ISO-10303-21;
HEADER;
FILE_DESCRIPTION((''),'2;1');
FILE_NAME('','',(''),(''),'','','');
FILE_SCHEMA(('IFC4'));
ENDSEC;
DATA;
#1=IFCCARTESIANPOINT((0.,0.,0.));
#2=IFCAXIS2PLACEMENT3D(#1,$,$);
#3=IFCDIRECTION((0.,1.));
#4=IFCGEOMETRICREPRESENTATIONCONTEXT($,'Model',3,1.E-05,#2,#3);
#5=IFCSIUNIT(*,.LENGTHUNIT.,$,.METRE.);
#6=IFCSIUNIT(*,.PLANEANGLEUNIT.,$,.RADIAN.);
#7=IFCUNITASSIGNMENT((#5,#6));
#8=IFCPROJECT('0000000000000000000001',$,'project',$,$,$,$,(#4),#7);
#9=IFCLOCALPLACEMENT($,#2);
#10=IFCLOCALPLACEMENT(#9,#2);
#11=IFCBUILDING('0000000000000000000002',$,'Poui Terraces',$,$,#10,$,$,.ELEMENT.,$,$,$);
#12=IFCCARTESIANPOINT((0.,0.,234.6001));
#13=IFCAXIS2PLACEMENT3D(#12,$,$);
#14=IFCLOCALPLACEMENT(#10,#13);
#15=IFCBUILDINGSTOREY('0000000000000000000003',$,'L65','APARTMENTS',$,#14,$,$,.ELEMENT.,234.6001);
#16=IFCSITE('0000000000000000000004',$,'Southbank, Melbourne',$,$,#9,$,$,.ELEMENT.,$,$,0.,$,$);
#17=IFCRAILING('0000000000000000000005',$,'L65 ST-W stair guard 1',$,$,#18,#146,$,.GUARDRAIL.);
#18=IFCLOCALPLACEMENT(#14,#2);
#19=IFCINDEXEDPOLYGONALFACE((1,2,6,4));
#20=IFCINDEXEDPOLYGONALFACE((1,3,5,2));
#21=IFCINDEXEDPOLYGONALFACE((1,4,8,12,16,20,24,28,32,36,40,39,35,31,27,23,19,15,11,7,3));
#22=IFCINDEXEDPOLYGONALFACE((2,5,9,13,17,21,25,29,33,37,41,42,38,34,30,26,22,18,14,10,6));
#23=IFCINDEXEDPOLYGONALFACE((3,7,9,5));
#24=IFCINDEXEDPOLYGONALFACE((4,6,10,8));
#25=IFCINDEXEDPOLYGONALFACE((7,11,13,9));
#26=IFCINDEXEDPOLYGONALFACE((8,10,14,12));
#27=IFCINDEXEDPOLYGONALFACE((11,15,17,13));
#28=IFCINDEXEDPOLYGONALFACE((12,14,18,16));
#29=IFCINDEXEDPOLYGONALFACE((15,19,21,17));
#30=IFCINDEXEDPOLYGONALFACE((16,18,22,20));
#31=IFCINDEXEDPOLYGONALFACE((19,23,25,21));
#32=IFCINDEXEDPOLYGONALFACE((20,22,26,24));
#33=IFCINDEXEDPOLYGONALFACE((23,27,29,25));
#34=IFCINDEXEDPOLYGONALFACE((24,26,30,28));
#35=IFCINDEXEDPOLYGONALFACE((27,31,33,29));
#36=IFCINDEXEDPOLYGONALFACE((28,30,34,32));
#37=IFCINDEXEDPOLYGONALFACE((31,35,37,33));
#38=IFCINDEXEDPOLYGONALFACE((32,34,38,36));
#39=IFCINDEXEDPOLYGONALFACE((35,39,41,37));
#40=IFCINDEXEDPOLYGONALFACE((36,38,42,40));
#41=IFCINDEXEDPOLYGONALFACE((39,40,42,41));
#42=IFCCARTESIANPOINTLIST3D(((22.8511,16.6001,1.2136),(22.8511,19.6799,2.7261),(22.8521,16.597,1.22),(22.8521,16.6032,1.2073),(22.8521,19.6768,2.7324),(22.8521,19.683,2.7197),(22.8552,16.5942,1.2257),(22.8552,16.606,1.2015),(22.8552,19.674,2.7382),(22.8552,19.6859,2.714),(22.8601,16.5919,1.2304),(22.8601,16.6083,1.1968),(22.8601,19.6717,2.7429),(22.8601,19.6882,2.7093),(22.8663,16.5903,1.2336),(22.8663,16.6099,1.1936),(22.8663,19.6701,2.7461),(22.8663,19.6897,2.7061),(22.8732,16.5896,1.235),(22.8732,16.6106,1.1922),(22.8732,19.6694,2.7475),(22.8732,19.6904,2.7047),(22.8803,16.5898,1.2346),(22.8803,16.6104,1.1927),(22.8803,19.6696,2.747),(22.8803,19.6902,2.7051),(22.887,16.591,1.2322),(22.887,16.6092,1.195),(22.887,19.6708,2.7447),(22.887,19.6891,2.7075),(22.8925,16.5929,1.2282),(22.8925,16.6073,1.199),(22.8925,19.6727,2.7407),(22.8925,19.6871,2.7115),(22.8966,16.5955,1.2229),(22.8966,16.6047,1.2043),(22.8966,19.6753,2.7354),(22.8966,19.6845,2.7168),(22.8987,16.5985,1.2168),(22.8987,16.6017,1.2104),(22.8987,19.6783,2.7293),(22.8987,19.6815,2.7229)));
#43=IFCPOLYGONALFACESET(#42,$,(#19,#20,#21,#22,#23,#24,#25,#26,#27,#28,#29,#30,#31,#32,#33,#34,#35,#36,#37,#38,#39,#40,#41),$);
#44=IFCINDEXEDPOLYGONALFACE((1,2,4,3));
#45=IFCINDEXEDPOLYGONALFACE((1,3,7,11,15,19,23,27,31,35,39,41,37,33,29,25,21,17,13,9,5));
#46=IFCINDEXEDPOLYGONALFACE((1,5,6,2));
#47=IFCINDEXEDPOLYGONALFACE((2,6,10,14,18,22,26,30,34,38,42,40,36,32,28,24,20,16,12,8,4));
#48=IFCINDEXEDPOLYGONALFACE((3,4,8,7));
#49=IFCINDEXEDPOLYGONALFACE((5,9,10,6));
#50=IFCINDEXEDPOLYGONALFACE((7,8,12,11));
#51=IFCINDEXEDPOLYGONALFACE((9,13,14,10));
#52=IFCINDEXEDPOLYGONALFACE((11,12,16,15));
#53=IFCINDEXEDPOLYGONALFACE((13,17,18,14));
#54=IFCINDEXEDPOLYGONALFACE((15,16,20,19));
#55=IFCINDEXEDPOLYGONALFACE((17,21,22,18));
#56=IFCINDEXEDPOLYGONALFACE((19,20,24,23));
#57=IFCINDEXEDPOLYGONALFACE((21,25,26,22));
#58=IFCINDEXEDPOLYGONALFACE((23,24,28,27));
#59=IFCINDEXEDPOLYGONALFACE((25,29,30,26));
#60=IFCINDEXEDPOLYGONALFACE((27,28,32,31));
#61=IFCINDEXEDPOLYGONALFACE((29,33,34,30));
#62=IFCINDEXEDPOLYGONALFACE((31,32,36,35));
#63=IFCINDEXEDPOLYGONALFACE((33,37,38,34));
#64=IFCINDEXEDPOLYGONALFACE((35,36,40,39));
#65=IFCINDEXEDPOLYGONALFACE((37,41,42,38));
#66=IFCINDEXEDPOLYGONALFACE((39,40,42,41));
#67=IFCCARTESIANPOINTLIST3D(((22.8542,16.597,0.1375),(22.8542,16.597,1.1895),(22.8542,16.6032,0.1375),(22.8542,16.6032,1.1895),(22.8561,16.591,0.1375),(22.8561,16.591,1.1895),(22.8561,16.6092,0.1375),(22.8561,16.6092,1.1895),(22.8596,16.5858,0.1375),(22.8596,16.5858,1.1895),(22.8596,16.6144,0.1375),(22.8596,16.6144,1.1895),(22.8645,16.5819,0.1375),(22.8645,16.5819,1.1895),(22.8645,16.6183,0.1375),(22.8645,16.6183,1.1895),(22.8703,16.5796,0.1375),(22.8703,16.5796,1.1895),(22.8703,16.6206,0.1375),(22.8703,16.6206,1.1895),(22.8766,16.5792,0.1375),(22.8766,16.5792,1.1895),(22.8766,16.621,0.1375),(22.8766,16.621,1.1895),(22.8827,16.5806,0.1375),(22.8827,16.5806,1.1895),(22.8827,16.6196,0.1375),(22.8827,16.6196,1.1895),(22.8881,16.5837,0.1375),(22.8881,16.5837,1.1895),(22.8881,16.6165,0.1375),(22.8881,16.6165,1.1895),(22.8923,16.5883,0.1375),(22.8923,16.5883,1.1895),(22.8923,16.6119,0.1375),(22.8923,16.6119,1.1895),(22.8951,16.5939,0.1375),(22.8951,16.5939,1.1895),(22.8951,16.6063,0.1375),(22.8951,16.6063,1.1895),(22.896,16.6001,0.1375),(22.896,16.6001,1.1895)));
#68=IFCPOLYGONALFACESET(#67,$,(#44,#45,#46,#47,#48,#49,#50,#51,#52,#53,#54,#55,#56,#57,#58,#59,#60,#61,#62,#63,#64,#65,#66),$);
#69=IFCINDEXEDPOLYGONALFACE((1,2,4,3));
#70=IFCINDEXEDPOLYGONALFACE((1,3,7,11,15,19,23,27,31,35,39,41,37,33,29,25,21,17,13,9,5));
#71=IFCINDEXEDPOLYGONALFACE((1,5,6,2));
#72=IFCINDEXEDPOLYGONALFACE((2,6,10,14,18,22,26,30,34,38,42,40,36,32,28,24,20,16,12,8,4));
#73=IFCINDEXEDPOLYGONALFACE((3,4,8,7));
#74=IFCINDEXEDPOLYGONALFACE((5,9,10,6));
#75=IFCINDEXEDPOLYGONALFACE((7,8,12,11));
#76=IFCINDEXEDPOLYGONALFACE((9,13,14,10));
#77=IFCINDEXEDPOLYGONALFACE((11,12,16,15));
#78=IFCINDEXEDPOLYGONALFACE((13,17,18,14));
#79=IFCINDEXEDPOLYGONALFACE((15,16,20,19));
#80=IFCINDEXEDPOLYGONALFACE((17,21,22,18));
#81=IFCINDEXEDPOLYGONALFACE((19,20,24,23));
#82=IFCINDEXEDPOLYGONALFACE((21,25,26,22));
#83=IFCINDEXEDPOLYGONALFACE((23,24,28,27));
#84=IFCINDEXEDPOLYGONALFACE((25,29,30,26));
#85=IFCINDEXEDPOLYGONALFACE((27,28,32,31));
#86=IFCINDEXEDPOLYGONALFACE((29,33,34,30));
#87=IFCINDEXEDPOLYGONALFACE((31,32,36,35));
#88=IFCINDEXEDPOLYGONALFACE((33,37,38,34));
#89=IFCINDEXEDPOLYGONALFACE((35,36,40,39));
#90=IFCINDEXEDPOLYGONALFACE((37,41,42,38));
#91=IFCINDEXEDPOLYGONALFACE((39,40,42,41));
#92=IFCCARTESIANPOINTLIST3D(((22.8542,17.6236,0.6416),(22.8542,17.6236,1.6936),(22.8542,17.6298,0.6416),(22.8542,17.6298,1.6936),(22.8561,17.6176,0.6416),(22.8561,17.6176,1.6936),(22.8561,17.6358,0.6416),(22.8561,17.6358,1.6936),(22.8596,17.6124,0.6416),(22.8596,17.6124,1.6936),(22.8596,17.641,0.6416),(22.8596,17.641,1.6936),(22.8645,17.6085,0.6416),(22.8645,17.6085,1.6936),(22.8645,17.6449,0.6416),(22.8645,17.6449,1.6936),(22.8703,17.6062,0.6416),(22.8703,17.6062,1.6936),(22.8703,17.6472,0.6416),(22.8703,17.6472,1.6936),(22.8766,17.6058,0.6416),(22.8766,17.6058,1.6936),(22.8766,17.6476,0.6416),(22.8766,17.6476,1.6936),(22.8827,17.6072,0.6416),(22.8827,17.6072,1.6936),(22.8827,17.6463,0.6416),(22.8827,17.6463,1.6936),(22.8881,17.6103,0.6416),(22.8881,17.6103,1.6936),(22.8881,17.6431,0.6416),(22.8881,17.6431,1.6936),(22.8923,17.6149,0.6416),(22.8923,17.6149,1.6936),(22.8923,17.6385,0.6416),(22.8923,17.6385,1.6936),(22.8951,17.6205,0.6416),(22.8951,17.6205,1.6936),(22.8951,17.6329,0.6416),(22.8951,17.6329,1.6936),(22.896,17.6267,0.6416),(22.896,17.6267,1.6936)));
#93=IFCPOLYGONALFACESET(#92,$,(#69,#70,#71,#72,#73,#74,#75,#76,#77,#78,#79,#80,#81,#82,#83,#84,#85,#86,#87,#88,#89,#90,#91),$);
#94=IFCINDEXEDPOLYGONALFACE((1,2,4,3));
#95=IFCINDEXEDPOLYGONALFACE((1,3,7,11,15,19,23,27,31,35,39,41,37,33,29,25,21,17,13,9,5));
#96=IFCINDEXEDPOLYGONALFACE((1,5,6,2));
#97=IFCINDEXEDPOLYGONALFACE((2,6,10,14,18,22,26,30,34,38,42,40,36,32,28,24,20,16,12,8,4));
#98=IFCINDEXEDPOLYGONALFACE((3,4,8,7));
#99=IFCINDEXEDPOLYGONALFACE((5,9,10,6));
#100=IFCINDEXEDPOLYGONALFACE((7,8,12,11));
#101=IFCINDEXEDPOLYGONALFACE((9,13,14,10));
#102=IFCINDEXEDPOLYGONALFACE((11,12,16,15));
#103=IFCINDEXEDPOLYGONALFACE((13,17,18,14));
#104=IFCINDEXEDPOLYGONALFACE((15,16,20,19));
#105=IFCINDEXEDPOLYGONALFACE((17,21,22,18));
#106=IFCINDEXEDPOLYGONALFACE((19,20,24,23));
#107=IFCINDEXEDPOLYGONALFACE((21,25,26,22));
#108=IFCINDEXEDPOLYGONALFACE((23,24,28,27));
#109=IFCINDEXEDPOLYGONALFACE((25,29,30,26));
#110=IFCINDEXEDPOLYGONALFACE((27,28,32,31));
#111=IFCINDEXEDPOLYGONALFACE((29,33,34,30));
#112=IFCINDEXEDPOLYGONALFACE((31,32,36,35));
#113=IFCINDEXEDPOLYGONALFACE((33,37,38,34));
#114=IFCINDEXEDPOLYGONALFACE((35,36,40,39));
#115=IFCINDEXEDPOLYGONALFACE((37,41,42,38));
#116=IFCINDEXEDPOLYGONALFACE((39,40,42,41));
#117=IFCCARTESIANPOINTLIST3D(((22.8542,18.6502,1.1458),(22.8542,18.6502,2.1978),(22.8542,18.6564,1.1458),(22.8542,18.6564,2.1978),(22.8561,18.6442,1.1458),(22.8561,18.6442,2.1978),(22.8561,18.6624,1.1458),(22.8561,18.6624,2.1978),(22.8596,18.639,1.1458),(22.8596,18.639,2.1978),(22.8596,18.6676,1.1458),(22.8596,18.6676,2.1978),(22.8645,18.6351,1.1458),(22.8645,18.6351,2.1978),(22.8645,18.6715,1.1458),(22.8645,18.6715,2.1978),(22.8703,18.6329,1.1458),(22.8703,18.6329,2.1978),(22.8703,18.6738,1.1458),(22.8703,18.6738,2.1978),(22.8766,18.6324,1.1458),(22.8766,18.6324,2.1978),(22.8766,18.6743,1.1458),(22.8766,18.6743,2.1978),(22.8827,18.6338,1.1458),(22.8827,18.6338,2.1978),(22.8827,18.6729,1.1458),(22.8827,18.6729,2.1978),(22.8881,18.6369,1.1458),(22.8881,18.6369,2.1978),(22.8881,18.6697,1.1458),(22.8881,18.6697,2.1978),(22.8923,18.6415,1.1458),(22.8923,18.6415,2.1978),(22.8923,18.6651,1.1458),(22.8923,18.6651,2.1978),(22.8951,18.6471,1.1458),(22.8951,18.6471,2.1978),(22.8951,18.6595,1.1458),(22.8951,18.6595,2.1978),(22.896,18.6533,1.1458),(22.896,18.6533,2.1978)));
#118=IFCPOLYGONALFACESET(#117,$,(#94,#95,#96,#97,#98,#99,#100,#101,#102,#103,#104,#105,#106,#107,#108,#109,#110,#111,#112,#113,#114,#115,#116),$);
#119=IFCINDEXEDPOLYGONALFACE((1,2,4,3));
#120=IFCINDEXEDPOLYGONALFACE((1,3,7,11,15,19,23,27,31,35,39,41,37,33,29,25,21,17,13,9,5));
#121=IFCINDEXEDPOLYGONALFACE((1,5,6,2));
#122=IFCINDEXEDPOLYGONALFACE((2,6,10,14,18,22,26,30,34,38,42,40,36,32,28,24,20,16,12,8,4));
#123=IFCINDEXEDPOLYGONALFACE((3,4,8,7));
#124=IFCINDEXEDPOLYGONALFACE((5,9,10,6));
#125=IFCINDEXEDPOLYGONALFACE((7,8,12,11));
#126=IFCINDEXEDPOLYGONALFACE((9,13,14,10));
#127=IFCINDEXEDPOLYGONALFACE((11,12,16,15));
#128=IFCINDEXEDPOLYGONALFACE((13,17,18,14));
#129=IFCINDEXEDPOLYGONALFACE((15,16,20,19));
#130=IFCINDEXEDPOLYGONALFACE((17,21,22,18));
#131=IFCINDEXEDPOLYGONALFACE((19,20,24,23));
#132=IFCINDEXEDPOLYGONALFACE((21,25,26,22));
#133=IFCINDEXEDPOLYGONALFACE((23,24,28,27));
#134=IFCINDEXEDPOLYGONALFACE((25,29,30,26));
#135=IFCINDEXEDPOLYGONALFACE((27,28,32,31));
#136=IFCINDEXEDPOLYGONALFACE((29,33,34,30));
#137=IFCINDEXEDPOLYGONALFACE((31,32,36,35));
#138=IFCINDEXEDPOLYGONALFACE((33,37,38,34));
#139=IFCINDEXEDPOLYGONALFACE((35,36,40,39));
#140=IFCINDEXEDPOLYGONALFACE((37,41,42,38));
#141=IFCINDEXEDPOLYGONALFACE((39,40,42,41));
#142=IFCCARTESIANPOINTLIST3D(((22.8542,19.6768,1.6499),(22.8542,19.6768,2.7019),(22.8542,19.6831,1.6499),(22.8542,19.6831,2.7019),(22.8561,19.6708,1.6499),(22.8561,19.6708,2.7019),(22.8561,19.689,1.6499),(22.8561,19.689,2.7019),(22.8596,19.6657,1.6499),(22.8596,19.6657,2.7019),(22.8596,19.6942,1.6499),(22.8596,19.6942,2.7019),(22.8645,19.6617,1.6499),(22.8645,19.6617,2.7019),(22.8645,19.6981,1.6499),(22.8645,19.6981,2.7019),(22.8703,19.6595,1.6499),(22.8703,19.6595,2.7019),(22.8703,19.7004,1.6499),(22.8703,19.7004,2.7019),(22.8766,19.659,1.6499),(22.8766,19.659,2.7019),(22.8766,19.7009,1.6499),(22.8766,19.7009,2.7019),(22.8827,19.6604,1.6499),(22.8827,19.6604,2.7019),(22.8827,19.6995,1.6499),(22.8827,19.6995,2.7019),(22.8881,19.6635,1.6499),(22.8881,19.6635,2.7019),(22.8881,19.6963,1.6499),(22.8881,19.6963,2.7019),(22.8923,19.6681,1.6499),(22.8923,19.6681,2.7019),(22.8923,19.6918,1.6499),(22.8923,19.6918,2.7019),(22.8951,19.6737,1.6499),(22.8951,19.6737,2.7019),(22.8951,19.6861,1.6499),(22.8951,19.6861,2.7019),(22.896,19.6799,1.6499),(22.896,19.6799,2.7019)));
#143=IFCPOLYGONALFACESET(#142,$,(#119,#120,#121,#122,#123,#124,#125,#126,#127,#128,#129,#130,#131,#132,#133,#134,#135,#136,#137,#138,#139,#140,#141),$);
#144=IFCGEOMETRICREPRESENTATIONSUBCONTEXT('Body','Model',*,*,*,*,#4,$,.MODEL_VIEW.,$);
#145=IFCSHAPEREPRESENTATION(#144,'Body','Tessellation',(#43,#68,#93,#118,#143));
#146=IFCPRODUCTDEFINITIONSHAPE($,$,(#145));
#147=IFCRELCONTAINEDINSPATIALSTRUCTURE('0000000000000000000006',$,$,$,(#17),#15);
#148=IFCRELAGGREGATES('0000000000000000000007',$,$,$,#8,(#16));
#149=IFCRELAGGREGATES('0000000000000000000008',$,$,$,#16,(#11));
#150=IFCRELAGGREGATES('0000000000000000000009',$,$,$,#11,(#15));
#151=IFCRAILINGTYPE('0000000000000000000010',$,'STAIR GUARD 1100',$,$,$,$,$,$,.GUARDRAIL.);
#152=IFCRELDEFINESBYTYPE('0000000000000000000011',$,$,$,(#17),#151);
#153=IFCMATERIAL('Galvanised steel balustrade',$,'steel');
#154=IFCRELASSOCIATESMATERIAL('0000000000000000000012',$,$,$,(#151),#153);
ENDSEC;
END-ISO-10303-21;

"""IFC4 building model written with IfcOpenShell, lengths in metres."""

from ifc_helpers import new_model, si_unit, direction, frame, origin, origin_2d, place, context, subcontext, project, spatial, circle, extrude, material, type_object, element, save


model = new_model("IFC4")

# Units and contexts
model_context = context("Model", 3, precision=1e-05, world=origin(), true_north=direction((0.0, 1.0)))
body_context = subcontext(model_context, "Body", "Model", "MODEL_VIEW")
ifc_project = project(units=[si_unit("LENGTHUNIT", "METRE"), si_unit("PLANEANGLEUNIT", "RADIAN")], contexts=[model_context])

# Site, building, storey
site_placement = place(None, origin())
site = spatial("IfcSite", under=ifc_project, at=site_placement, Name="Southbank, Melbourne", CompositionType="ELEMENT", RefElevation=0.0)
building_placement = place(site_placement, origin())
building = spatial("IfcBuilding", under=site, at=building_placement, Name="Poui Terraces", CompositionType="ELEMENT")
storey_placement = place(building_placement, frame((0.0, 0.0, 234.6001)))
storey = spatial("IfcBuildingStorey", under=building, at=storey_placement, Name="L65", Description="APARTMENTS", CompositionType="ELEMENT", Elevation=234.6001)

# Railing
ifc_material_1 = material(Name="Galvanised steel balustrade", Category="steel")
railing_type_1 = type_object("IfcRailingType", Name="STAIR GUARD 1100", PredefinedType="GUARDRAIL", material=ifc_material_1)
railing_1_placement = place(storey_placement, frame((22.875, 16.6001, 0.1375)))
element("IfcRailing", 1, at=railing_1_placement, inside=storey, type_object=railing_type_1, Name="L65 ST-W stair guard 1", PredefinedType="GUARDRAIL", context=body_context, shape_type="SweptSolid", body=[
    extrude(circle(Radius=0.0239, at=origin_2d()), frame((0.0, 0.0, 1.0762), z_axis=(0.0, 0.897606, 0.440798), x_axis=(-1.0, 0.0, 0.0)), (0.0, 0.0, 1.0), 3.4312),
    extrude(circle(Radius=0.021, at=origin_2d()), origin(), (0.0, 0.0, 1.0), 1.052),
    extrude(circle(Radius=0.021, at=origin_2d()), frame((0.0, 1.0266, 0.5042)), (0.0, 0.0, 1.0), 1.052),
    extrude(circle(Radius=0.021, at=origin_2d()), frame((0.0, 2.0532, 1.0083)), (0.0, 0.0, 1.0), 1.052),
    extrude(circle(Radius=0.021, at=origin_2d()), frame((0.0, 3.0798, 1.5125)), (0.0, 0.0, 1.0), 1.052),
])

save(model, "model.ifc")
